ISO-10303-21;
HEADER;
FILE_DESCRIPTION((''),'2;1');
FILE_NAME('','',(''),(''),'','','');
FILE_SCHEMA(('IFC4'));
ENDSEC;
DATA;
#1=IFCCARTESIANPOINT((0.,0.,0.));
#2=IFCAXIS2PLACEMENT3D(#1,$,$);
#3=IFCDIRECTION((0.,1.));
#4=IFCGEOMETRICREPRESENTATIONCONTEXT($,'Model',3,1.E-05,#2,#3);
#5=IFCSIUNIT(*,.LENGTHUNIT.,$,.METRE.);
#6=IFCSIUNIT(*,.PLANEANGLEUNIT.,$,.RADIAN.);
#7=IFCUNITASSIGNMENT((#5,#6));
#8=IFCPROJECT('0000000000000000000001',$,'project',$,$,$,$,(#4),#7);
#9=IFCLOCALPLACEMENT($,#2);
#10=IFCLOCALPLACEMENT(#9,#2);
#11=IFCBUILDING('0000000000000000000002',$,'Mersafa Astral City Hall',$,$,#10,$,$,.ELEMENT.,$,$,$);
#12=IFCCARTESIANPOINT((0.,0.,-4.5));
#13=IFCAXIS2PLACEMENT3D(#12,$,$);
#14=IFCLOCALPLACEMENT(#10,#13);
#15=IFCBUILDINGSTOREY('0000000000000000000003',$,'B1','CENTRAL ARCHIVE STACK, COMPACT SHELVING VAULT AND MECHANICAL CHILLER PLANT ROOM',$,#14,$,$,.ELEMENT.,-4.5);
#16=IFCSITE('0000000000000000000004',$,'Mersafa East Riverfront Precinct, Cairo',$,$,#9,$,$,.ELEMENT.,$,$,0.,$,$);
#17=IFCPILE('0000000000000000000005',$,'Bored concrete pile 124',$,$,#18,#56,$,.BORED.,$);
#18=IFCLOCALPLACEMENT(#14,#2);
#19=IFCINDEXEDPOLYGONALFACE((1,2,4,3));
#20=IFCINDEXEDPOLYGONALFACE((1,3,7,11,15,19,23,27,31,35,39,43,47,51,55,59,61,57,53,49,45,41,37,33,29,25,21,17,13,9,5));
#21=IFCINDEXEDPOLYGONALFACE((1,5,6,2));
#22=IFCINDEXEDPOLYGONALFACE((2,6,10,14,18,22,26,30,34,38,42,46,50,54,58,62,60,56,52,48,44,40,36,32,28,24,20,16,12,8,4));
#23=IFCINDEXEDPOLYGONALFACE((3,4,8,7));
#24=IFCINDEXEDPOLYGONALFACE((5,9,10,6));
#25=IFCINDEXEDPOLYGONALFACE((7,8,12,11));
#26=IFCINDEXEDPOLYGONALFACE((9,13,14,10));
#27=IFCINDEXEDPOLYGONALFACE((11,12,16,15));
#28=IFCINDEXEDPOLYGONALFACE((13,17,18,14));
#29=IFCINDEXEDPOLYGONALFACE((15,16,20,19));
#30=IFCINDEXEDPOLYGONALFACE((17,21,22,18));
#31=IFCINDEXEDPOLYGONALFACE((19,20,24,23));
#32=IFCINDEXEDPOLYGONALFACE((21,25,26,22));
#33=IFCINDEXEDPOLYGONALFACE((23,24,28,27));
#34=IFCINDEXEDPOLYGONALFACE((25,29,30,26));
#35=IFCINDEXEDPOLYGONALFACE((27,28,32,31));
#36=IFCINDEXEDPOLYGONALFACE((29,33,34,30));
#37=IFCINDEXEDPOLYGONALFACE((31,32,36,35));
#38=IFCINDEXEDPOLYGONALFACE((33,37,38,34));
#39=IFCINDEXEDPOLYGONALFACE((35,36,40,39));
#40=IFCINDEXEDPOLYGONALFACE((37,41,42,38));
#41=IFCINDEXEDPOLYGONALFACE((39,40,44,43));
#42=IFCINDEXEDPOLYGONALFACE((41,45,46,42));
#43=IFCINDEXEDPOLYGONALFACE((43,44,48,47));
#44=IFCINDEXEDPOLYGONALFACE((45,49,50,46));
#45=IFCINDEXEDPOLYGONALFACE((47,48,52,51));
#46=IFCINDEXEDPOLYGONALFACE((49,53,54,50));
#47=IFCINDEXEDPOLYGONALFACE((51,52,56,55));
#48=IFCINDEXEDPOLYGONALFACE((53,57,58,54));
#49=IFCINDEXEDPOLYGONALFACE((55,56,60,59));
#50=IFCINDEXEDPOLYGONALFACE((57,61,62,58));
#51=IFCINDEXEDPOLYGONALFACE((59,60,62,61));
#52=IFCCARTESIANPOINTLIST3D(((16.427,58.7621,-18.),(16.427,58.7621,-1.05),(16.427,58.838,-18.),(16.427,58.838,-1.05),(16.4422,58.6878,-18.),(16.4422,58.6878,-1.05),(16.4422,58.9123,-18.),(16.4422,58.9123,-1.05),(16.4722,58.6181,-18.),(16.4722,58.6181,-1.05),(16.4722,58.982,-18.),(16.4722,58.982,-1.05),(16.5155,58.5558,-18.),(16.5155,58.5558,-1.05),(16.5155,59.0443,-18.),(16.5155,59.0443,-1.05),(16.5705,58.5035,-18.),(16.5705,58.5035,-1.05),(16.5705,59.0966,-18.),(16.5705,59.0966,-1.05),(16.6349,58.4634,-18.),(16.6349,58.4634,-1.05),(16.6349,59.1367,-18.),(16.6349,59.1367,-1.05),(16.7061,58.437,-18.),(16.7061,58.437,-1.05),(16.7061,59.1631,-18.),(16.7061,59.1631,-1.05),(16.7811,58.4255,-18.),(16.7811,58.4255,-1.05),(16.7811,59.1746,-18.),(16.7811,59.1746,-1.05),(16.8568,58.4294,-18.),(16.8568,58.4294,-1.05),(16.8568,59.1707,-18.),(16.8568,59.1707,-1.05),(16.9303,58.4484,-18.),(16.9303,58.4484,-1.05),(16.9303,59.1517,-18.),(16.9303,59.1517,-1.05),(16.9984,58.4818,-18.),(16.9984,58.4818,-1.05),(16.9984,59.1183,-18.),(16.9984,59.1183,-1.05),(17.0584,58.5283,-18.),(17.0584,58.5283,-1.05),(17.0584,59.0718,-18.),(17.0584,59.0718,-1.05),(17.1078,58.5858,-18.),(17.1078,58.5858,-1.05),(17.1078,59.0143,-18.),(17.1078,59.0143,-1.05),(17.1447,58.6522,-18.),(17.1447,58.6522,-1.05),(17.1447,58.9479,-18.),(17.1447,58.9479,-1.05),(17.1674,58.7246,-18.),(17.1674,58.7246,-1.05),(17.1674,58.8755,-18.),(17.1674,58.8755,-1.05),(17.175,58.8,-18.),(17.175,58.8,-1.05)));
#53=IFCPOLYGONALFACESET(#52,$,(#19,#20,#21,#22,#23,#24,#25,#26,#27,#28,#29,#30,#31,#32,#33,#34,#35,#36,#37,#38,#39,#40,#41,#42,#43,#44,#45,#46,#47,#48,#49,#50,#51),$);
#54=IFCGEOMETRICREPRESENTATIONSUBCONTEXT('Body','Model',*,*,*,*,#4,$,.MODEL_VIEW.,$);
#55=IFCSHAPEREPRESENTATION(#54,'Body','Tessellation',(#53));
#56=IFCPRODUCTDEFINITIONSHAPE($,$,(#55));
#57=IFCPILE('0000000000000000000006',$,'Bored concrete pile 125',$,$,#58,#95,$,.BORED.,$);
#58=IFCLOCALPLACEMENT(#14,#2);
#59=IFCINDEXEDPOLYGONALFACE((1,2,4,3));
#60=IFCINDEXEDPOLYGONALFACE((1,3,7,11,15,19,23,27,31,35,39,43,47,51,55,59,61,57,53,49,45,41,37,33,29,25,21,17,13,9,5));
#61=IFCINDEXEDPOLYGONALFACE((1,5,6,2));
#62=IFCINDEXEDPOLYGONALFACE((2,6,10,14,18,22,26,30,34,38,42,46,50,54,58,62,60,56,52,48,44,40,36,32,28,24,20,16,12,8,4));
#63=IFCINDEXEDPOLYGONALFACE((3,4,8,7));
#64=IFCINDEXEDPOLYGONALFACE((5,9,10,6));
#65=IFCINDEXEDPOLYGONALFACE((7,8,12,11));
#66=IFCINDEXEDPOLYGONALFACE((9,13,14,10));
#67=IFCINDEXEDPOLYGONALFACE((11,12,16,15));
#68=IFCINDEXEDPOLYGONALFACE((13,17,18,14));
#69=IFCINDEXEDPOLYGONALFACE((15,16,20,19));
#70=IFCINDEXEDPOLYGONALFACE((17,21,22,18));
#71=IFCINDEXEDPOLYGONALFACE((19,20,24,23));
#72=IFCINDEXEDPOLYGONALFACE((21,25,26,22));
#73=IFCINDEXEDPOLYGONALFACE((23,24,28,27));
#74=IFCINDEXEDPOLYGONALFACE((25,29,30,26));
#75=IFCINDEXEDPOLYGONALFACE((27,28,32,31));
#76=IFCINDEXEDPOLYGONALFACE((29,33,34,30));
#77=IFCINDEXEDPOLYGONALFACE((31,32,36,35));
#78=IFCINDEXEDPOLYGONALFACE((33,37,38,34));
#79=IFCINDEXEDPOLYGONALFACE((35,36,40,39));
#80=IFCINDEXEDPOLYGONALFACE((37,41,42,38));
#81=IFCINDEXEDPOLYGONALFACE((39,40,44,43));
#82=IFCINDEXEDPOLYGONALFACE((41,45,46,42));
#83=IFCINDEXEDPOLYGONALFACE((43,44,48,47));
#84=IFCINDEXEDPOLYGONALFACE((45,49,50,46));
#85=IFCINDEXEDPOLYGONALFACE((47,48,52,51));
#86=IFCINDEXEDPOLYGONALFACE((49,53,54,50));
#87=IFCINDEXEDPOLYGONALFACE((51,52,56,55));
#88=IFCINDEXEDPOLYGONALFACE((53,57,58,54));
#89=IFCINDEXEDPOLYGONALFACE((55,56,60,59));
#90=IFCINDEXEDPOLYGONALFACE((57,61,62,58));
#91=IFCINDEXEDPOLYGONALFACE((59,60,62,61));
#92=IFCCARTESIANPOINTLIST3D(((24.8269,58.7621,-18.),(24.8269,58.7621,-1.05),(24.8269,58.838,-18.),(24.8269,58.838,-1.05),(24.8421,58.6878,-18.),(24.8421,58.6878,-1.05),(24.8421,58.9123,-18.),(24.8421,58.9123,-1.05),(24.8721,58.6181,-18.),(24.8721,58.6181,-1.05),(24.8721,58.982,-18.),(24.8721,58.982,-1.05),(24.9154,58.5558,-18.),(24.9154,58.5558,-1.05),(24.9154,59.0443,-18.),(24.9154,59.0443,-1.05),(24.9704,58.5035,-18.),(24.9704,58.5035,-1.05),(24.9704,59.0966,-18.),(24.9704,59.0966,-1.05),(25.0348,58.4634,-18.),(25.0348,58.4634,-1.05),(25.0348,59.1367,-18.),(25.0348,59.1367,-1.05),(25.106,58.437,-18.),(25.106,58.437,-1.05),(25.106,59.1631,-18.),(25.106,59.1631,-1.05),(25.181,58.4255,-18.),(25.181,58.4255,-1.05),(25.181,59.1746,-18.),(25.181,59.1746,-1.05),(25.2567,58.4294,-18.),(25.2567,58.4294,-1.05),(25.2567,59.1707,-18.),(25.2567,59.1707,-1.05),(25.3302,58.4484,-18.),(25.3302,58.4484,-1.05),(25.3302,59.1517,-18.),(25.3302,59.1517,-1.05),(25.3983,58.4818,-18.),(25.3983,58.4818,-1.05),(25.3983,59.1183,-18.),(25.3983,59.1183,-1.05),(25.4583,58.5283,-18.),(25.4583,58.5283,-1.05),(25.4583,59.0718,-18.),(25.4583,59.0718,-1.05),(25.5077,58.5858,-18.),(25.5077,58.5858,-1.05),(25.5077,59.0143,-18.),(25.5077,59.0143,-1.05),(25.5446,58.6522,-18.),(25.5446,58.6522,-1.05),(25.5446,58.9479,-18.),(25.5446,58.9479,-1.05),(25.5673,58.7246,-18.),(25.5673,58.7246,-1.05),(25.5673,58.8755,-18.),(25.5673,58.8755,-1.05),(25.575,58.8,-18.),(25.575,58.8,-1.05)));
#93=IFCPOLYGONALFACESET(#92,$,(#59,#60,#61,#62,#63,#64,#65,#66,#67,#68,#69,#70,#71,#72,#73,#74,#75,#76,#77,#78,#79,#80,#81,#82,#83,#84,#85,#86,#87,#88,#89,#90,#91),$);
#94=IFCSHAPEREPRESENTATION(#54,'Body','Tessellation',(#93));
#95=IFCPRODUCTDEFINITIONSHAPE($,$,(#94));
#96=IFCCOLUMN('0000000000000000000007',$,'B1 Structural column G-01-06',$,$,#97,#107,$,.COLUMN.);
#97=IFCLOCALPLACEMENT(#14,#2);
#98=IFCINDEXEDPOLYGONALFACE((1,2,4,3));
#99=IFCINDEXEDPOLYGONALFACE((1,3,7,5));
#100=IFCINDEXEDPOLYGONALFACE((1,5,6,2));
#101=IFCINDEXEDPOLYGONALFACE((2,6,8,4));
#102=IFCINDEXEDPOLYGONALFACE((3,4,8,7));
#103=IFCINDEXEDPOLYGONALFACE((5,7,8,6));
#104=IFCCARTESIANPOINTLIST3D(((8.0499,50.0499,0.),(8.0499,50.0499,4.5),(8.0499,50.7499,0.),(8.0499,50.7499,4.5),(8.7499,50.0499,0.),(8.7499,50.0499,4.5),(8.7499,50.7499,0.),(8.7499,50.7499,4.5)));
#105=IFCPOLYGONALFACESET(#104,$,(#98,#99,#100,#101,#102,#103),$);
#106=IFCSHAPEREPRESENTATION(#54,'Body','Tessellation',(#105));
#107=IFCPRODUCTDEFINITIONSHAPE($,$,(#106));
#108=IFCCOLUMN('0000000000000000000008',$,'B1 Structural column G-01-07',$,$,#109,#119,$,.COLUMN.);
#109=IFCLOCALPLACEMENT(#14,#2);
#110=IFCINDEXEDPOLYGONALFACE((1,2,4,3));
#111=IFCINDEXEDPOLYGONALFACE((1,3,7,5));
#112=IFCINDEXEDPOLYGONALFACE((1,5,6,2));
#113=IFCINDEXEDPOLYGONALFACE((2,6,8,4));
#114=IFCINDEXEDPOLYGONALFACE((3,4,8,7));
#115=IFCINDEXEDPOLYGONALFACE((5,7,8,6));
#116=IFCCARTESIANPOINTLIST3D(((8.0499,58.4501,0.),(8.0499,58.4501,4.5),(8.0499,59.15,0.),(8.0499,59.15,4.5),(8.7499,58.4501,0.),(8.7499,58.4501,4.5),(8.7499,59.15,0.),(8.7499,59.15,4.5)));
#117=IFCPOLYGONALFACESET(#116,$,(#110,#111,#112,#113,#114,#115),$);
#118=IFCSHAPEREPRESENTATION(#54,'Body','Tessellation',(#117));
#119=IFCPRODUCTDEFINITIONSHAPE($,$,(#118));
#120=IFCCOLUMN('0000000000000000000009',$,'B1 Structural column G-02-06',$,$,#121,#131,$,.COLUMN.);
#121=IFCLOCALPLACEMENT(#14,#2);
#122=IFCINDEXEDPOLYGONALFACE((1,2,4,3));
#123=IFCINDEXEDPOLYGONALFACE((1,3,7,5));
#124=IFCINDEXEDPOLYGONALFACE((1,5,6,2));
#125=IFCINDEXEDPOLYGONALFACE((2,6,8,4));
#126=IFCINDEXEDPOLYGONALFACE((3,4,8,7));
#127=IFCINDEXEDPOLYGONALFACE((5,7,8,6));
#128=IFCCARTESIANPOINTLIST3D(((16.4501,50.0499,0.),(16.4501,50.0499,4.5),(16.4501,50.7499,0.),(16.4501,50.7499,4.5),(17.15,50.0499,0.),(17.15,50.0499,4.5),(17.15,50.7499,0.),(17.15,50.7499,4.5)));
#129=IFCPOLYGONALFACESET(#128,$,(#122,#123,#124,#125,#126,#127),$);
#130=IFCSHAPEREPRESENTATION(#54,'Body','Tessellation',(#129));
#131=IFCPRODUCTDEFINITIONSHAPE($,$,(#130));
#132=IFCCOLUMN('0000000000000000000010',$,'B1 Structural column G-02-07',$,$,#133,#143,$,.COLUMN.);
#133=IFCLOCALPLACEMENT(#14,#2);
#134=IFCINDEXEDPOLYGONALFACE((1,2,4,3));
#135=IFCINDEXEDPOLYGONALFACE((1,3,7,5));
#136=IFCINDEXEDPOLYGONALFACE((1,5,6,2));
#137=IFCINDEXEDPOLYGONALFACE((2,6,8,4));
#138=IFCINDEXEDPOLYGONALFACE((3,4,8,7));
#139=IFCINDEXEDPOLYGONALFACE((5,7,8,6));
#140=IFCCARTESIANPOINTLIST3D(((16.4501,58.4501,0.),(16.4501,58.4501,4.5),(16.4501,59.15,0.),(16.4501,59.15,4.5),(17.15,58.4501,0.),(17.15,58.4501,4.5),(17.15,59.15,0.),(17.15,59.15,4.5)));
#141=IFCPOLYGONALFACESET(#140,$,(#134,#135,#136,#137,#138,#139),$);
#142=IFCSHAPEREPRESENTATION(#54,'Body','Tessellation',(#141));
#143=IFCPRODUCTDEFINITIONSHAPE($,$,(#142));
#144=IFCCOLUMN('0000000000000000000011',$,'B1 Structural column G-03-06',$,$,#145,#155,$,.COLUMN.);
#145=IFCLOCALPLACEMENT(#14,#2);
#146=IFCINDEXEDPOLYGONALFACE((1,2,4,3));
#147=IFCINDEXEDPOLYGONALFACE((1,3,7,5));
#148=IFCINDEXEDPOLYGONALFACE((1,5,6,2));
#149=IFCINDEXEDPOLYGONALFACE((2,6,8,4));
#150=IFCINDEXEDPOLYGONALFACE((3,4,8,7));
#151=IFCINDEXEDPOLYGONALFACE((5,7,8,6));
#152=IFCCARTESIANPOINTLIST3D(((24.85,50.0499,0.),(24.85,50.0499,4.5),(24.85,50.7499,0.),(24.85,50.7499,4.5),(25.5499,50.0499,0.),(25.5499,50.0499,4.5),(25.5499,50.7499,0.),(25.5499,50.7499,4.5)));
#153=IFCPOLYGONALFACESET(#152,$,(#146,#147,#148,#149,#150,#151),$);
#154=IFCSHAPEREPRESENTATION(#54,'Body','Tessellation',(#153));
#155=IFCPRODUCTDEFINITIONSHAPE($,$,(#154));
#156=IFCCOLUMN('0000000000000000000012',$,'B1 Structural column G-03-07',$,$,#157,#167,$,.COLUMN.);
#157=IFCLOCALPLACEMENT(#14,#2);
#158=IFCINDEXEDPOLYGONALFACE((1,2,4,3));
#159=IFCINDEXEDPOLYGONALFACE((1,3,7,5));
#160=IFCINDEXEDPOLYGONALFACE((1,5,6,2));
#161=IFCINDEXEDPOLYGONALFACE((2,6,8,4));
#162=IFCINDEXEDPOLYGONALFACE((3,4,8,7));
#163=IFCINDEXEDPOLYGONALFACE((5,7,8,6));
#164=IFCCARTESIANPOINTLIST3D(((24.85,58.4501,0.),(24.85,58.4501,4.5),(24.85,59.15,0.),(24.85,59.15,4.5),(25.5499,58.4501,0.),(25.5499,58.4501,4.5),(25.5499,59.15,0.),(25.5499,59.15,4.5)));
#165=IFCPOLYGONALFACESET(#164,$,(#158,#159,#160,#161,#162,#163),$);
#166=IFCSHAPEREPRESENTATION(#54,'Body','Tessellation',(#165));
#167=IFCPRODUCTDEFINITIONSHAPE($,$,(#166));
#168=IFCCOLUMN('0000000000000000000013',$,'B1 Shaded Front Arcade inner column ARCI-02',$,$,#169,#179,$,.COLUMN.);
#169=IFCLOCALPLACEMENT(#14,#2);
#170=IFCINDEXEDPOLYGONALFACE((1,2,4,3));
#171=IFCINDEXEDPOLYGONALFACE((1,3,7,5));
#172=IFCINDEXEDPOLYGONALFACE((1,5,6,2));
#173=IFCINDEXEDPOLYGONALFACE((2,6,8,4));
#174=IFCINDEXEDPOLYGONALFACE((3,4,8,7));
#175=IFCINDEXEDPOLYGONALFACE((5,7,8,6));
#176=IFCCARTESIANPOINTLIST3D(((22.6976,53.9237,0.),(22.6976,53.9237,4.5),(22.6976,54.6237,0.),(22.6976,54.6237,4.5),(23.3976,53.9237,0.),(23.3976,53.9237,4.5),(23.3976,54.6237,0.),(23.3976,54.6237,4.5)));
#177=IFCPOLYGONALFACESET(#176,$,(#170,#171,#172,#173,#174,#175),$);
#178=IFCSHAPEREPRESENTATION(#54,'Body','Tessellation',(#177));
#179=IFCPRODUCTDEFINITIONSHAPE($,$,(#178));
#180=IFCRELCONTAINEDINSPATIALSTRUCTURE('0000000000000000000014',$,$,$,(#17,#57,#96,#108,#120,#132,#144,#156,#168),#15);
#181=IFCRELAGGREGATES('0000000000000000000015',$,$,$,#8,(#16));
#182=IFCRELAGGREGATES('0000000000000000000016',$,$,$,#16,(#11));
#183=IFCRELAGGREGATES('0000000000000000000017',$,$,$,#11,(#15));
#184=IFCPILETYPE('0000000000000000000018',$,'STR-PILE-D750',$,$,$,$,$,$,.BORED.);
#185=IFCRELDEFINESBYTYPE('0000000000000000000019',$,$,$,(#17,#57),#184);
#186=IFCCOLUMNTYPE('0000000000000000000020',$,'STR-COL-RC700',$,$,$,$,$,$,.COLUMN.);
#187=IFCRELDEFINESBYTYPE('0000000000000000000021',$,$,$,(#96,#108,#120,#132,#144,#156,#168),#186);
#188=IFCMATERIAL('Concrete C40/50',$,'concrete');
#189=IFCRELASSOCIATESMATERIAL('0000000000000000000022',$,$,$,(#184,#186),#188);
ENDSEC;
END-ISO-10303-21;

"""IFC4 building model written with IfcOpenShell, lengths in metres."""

from ifc_helpers import new_model, si_unit, direction, frame, origin, origin_2d, place, context, subcontext, project, spatial, rectangle, circle, extrude, material, material_profile, profile_set, type_object, element, save


model = new_model("IFC4")

# Units and contexts
model_context = context("Model", 3, precision=1e-05, world=origin(), true_north=direction((0.0, 1.0)))
body_context = subcontext(model_context, "Body", "Model", "MODEL_VIEW")
ifc_project = project(units=[si_unit("LENGTHUNIT", "METRE"), si_unit("PLANEANGLEUNIT", "RADIAN")], contexts=[model_context])

# Site, building, storey
site_placement = place(None, origin())
site = spatial("IfcSite", under=ifc_project, at=site_placement, Name="Mersafa East Riverfront Precinct, Cairo", CompositionType="ELEMENT", RefElevation=0.0)
building_placement = place(site_placement, origin())
building = spatial("IfcBuilding", under=site, at=building_placement, Name="Mersafa Astral City Hall", CompositionType="ELEMENT")
storey_placement = place(building_placement, frame((0.0, 0.0, -4.5)))
storey = spatial("IfcBuildingStorey", under=building, at=storey_placement, Name="B1", Description="CENTRAL ARCHIVE STACK, COMPACT SHELVING VAULT AND MECHANICAL CHILLER PLANT ROOM", CompositionType="ELEMENT", Elevation=-4.5)

# Shared definitions
ifc_material = material(Name="Concrete C40/50", Category="concrete")

# Piles
ifc_material_profile_1 = material_profile(ifc_material, circle(Radius=0.375, at=origin_2d()), Name="PILE D750")
ifc_profile_set_1 = profile_set([ifc_material_profile_1], Name="Concrete C40/50")
pile_type_1 = type_object("IfcPileType", Name="STR-PILE-D750", PredefinedType="BORED", material=ifc_profile_set_1)
for number, where, z_axis, x_axis, name in (
    (1, (16.8, 58.8, -1.05), (0.0, 0.0, -1.0), (1.0, 0.0, 0.0), "Bored concrete pile 124"),
    (2, (25.2, 58.8, -1.05), (0.0, 0.0, -1.0), (1.0, 0.0, 0.0), "Bored concrete pile 125"),
):
    element("IfcPile", number, at=place(storey_placement, frame(where, z_axis=z_axis, x_axis=x_axis)), inside=storey, type_object=pile_type_1, Name=name, PredefinedType="BORED", context=body_context, shape_type="SweptSolid", body=[
        extrude(circle(Radius=0.375, at=origin_2d()), origin(), (0.0, 0.0, 1.0), 16.95),
    ])

# Columns
ifc_material_profile_2 = material_profile(ifc_material, rectangle(XDim=0.7, YDim=0.7, at=origin_2d()), Name="RC 700x700")
ifc_profile_set_2 = profile_set([ifc_material_profile_2], Name="Concrete C40/50")
column_type = type_object("IfcColumnType", Name="STR-COL-RC700", PredefinedType="COLUMN", material=ifc_profile_set_2)
for number, where, z_axis, x_axis, name in (
    (3, (8.3999, 50.3999, 0.0), (0.0, 0.0, 1.0), (1.0, 0.0, 0.0), "B1 Structural column G-01-06"),
    (4, (8.3999, 58.8, 0.0), (0.0, 0.0, 1.0), (1.0, 0.0, 0.0), "B1 Structural column G-01-07"),
    (5, (16.8, 50.3999, 0.0), (0.0, 0.0, 1.0), (1.0, 0.0, 0.0), "B1 Structural column G-02-06"),
    (6, (16.8, 58.8, 0.0), (0.0, 0.0, 1.0), (1.0, 0.0, 0.0), "B1 Structural column G-02-07"),
    (7, (25.2, 50.3999, 0.0), (0.0, 0.0, 1.0), (1.0, 0.0, 0.0), "B1 Structural column G-03-06"),
    (8, (25.2, 58.8, 0.0), (0.0, 0.0, 1.0), (1.0, 0.0, 0.0), "B1 Structural column G-03-07"),
    (9, (23.0476, 54.2737, 0.0), (0.0, 0.0, 1.0), (1.0, 0.0, 0.0), "B1 Shaded Front Arcade inner column ARCI-02"),
):
    element("IfcColumn", number, at=place(storey_placement, frame(where, z_axis=z_axis, x_axis=x_axis)), inside=storey, type_object=column_type, Name=name, PredefinedType="COLUMN", context=body_context, shape_type="SweptSolid", body=[
        extrude(rectangle(XDim=0.7, YDim=0.7, at=origin_2d()), origin(), (0.0, 0.0, 1.0), 4.5),
    ])

save(model, "model.ifc")
